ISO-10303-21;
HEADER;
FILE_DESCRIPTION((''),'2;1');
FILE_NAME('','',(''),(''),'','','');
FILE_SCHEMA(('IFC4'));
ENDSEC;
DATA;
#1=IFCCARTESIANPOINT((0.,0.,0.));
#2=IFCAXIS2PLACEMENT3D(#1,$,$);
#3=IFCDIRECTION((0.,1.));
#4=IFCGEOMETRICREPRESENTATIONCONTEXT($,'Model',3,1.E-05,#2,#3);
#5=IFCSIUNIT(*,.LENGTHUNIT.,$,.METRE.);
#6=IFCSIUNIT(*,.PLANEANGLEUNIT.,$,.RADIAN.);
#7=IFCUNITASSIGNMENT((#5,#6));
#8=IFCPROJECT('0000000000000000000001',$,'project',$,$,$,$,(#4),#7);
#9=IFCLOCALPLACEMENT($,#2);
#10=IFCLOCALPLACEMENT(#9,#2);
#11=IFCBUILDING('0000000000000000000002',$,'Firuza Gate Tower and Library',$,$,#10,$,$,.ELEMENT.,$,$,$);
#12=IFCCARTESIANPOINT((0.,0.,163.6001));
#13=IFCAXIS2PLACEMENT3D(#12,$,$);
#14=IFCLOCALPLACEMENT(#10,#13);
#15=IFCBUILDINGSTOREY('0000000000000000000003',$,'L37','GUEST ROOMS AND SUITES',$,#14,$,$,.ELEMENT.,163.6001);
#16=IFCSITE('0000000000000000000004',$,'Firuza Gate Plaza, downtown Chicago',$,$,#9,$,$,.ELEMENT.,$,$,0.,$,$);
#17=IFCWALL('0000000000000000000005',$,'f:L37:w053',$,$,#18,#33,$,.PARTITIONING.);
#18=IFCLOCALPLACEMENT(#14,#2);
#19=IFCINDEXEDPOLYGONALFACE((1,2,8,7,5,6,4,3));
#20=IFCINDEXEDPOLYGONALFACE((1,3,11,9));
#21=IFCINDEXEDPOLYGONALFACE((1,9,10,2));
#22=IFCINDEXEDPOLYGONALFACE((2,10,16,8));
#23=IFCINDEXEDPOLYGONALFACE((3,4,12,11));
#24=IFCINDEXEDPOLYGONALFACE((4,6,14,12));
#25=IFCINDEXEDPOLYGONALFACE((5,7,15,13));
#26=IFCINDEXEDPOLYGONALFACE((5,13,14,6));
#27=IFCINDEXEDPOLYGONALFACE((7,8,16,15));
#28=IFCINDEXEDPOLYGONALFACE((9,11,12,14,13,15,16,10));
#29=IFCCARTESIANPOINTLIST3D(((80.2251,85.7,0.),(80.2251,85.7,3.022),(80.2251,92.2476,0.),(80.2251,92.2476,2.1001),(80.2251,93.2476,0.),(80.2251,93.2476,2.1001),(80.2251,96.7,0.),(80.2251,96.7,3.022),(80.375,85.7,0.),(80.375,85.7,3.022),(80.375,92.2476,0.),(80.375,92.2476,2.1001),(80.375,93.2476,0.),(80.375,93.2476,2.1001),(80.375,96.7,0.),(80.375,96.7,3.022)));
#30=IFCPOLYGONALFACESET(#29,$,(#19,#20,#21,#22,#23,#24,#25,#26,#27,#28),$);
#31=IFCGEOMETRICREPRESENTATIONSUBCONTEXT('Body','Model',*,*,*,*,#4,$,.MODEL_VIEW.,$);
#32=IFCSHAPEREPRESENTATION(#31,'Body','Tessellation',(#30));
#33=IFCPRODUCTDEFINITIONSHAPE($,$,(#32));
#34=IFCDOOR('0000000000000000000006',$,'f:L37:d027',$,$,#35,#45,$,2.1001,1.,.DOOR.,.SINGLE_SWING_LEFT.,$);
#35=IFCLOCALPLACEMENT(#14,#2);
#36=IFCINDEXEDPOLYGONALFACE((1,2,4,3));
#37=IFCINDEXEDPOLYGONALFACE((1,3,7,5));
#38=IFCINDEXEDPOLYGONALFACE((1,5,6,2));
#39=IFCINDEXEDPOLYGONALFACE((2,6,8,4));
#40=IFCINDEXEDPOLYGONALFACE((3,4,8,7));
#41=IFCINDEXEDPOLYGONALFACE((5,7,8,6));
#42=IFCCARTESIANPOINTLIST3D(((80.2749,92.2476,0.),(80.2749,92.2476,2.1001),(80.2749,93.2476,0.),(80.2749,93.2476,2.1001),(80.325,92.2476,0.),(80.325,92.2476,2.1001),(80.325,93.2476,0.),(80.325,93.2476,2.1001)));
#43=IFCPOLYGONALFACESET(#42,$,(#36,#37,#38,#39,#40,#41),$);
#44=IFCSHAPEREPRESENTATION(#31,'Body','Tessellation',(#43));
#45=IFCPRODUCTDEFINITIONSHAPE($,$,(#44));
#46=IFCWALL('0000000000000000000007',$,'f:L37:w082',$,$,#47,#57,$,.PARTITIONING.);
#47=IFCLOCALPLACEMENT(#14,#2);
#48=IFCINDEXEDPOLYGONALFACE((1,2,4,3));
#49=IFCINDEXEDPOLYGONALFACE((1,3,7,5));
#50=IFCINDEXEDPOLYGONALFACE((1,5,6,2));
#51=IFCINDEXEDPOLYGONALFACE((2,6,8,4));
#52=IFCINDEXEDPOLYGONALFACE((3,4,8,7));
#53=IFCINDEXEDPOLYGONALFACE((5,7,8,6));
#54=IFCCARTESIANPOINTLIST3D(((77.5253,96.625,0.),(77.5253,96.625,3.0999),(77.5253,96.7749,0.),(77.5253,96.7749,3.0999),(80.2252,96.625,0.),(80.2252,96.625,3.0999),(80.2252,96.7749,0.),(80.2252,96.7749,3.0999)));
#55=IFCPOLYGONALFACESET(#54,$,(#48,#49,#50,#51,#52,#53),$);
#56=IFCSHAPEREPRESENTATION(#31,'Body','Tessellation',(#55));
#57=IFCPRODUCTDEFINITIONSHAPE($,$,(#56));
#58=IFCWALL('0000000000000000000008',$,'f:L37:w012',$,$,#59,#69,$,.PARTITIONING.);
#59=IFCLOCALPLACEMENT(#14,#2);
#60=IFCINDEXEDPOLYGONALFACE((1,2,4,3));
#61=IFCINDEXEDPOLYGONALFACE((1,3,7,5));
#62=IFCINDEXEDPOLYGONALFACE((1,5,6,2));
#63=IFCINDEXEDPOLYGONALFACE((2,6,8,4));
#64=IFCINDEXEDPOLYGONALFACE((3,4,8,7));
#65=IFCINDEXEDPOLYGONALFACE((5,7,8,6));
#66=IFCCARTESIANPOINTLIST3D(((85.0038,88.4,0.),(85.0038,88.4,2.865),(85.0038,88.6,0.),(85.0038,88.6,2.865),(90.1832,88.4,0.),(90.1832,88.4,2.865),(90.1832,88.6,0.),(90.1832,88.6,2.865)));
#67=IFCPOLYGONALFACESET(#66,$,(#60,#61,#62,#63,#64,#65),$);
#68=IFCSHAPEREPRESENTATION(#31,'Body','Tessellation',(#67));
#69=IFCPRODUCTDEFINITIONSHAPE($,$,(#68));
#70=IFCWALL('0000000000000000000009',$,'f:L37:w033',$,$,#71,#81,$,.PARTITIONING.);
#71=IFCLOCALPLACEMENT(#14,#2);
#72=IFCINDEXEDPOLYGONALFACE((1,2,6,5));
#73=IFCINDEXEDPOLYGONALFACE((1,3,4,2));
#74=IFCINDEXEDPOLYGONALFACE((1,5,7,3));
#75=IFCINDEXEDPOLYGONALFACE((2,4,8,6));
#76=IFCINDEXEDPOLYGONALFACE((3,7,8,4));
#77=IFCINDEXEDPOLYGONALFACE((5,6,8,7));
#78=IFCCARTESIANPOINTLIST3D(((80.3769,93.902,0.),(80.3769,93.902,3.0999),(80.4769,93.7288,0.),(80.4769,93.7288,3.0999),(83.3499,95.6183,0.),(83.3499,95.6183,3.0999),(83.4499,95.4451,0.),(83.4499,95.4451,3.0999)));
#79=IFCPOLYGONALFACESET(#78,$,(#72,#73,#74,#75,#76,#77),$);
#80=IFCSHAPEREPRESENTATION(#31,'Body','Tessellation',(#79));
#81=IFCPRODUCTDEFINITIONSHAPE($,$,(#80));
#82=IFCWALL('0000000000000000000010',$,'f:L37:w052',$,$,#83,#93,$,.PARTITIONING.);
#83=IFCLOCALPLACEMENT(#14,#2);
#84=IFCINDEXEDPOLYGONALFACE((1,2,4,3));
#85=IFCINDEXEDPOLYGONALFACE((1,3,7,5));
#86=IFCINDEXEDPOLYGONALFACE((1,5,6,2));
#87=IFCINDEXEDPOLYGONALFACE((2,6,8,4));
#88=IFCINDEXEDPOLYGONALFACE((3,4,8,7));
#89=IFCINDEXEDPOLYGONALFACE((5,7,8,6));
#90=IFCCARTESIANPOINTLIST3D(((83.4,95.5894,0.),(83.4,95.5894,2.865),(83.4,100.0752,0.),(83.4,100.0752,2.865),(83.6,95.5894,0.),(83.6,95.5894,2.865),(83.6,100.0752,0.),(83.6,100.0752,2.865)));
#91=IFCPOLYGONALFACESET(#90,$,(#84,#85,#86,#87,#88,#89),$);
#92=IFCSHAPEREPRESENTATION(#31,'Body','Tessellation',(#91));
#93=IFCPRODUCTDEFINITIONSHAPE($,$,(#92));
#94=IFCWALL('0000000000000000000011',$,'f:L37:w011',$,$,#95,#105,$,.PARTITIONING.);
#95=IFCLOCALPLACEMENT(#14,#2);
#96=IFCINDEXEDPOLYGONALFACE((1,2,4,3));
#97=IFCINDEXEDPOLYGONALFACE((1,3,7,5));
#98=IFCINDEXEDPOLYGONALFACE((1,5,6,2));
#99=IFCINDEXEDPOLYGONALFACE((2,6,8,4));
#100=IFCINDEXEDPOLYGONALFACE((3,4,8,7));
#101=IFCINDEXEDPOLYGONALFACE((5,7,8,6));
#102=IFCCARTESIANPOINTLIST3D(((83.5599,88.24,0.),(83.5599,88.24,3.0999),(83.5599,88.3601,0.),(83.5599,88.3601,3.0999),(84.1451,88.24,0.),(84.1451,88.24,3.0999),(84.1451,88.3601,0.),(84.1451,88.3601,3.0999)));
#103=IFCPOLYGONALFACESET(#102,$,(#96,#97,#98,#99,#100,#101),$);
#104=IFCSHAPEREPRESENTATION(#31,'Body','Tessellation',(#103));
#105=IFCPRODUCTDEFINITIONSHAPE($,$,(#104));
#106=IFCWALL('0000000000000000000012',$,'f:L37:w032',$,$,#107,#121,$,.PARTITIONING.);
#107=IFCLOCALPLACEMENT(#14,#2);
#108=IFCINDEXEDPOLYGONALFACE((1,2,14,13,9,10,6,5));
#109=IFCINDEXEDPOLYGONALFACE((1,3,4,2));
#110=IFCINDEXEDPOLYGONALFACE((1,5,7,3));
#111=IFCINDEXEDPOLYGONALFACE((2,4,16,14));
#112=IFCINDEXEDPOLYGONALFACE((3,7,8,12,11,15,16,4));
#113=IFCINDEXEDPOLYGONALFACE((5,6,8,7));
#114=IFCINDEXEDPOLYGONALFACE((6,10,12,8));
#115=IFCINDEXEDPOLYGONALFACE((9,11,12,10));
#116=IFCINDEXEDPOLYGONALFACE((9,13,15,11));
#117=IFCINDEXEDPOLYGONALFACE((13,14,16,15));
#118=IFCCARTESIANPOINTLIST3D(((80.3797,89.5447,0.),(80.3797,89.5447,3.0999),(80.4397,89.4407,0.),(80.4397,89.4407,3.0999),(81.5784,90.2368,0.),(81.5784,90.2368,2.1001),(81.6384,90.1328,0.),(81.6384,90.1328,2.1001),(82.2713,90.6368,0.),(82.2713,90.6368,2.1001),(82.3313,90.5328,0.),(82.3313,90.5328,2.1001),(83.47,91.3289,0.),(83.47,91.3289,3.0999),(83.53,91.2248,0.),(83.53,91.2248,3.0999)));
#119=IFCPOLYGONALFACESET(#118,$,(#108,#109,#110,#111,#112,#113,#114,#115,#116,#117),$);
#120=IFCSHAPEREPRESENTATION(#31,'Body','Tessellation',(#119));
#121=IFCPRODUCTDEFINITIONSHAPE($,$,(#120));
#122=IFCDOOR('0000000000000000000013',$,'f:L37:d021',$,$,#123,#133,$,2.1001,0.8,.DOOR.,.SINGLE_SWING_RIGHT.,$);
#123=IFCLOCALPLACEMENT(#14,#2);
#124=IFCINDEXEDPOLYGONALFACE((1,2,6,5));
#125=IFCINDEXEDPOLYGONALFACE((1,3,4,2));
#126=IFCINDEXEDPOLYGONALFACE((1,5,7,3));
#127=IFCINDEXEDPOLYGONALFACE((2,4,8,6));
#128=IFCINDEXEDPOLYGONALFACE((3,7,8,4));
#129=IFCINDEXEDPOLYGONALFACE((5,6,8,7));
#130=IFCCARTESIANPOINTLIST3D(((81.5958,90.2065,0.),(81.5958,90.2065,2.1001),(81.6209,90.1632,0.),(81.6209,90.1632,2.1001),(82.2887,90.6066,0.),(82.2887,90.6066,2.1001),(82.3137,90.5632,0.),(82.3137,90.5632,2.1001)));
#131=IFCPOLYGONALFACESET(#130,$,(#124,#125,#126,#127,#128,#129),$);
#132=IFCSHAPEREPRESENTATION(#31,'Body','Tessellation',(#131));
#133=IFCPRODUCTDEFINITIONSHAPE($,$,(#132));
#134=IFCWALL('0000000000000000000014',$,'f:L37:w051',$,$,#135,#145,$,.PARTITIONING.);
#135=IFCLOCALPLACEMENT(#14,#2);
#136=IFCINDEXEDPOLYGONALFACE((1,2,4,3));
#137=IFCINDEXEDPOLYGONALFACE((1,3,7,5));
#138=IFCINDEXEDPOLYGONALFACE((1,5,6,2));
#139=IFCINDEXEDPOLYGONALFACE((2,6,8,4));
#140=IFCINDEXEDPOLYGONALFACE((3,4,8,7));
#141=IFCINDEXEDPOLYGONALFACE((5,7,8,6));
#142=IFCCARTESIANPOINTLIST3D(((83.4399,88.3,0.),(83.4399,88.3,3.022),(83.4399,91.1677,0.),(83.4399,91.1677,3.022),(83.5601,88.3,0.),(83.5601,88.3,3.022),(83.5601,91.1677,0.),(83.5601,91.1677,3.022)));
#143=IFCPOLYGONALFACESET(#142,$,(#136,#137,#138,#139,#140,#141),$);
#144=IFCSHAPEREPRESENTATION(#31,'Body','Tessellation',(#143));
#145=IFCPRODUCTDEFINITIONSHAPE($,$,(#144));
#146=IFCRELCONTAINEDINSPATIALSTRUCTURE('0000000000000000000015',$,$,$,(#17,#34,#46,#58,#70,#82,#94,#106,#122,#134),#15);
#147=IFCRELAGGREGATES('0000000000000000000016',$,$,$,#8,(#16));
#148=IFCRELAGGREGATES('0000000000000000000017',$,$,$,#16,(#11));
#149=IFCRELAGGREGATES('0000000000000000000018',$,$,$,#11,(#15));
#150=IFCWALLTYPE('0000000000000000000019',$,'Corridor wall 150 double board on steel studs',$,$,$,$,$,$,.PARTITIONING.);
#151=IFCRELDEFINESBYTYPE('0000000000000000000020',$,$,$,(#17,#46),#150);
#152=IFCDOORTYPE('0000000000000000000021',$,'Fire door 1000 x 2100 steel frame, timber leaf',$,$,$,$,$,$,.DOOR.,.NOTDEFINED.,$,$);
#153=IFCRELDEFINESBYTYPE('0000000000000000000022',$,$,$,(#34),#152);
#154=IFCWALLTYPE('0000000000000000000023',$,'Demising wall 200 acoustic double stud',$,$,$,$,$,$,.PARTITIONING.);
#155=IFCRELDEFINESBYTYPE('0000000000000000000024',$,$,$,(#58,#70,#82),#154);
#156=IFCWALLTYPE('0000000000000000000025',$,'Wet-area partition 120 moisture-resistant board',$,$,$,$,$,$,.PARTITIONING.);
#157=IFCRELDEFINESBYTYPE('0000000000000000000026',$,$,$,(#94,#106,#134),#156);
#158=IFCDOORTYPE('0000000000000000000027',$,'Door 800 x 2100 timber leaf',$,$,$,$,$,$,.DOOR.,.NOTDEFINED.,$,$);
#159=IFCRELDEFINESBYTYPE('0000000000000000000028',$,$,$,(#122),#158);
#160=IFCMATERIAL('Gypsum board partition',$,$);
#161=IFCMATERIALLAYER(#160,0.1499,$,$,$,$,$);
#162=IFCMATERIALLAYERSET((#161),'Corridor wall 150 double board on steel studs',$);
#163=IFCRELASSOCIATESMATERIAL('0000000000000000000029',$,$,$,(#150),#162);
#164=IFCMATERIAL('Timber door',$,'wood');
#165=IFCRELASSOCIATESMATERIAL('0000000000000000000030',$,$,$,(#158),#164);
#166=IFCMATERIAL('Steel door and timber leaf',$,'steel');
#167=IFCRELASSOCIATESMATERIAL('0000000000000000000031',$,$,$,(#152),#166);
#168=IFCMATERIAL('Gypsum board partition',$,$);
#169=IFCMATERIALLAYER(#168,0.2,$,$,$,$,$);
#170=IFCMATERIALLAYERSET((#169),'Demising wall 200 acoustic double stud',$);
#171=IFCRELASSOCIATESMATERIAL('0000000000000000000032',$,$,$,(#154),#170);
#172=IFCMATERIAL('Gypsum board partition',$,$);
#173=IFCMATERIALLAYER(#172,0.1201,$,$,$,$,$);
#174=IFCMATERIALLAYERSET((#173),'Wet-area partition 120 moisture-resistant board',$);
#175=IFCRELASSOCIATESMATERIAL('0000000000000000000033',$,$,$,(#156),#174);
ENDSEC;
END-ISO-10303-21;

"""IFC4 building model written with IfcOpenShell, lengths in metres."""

from ifc_helpers import new_model, si_unit, direction, frame, frame_2d, origin, place, context, subcontext, project, spatial, rectangle, extrude, material, layer, layer_set, type_object, element, fill, save


model = new_model("IFC4")

# Units and contexts
model_context = context("Model", 3, precision=1e-05, world=origin(), true_north=direction((0.0, 1.0)))
body_context = subcontext(model_context, "Body", "Model", "MODEL_VIEW")
ifc_project = project(units=[si_unit("LENGTHUNIT", "METRE"), si_unit("PLANEANGLEUNIT", "RADIAN")], contexts=[model_context])

# Site, building, storey
site_placement = place(None, origin())
site = spatial("IfcSite", under=ifc_project, at=site_placement, Name="Firuza Gate Plaza, downtown Chicago", CompositionType="ELEMENT", RefElevation=0.0)
building_placement = place(site_placement, origin())
building = spatial("IfcBuilding", under=site, at=building_placement, Name="Firuza Gate Tower and Library", CompositionType="ELEMENT")
storey_placement = place(building_placement, frame((0.0, 0.0, 163.6001)))
storey = spatial("IfcBuildingStorey", under=building, at=storey_placement, Name="L37", Description="GUEST ROOMS AND SUITES", CompositionType="ELEMENT", Elevation=163.6001)

# Wall, opening, door
ifc_material_1 = material(Name="Gypsum board partition")
ifc_layer_1 = layer(ifc_material_1, 0.1499)
ifc_layer_set_1 = layer_set([ifc_layer_1], Name="Corridor wall 150 double board on steel studs")
wall_type_1 = type_object("IfcWallType", Name="Corridor wall 150 double board on steel studs", PredefinedType="PARTITIONING", material=ifc_layer_set_1)
ifc_material_2 = material(Name="Timber door", Category="wood")
door_type_1 = type_object("IfcDoorType", Name="Door 800 x 2100 timber leaf", OperationType="NOTDEFINED", PredefinedType="DOOR", material=ifc_material_2)
wall_1_placement = place(storey_placement, frame((80.3, 96.7, 0.0), z_axis=(0.0, 0.0, 1.0), x_axis=(0.0, -1.0, 0.0)))
wall_1 = element("IfcWall", 1, at=wall_1_placement, inside=storey, type_object=wall_type_1, Name="f:L37:w053", PredefinedType="PARTITIONING", context=body_context, shape_type="SweptSolid", body=[
    extrude(rectangle(XDim=11.0, YDim=0.1499, at=frame_2d((5.5, 0.0))), origin(), (0.0, 0.0, 1.0), 3.022),
])
opening_1_placement = place(wall_1_placement, frame((3.4524, 0.0, 0.0)))
opening_1 = element("IfcOpeningElement", 2, at=opening_1_placement, cuts=wall_1, PredefinedType="OPENING", context=body_context, shape_type="SweptSolid", body=[
    extrude(rectangle(XDim=1.0, YDim=2.1001, at=frame_2d((0.5, 1.05))), frame((0.0, 0.085, 0.0), z_axis=(0.0, -1.0, 0.0), x_axis=(1.0, 0.0, 0.0)), (0.0, 0.0, 1.0), 0.1699),
])
ifc_material_3 = material(Name="Steel door and timber leaf", Category="steel")
door_type_2 = type_object("IfcDoorType", Name="Fire door 1000 x 2100 steel frame, timber leaf", OperationType="NOTDEFINED", PredefinedType="DOOR", material=ifc_material_3)
door_1_placement = place(opening_1_placement, origin())
door_1 = element("IfcDoor", 3, at=door_1_placement, inside=storey, type_object=door_type_2, Name="f:L37:d027", OperationType="SINGLE_SWING_LEFT", OverallHeight=2.1001, OverallWidth=1.0, PredefinedType="DOOR", context=body_context, shape_type="SweptSolid", body=[
    extrude(rectangle(XDim=1.0, YDim=2.1001, at=frame_2d((0.5, 1.05))), frame((0.0, 0.0249, 0.0), z_axis=(0.0, -1.0, 0.0), x_axis=(1.0, 0.0, 0.0)), (0.0, 0.0, 1.0), 0.05),
])
fill(opening_1, door_1)

# Walls
wall_2_placement = place(storey_placement, frame((77.5251, 96.7, 0.0), z_axis=(0.0, 0.0, 1.0), x_axis=(1.0, 0.0, 0.0)))
element("IfcWall", 4, at=wall_2_placement, inside=storey, type_object=wall_type_1, Name="f:L37:w082", PredefinedType="PARTITIONING", context=body_context, shape_type="SweptSolid", body=[
    extrude(rectangle(XDim=2.7, YDim=0.1499, at=frame_2d((1.3501, 0.0))), origin(), (0.0, 0.0, 1.0), 3.0999),
])
ifc_material_4 = material(Name="Gypsum board partition")
ifc_layer_2 = layer(ifc_material_4, 0.2)
ifc_layer_set_2 = layer_set([ifc_layer_2], Name="Demising wall 200 acoustic double stud")
wall_type_2 = type_object("IfcWallType", Name="Demising wall 200 acoustic double stud", PredefinedType="PARTITIONING", material=ifc_layer_set_2)
wall_3_placement = place(storey_placement, frame((85.0037, 88.5, 0.0), z_axis=(0.0, 0.0, 1.0), x_axis=(1.0, 0.0, 0.0)))
element("IfcWall", 5, at=wall_3_placement, inside=storey, type_object=wall_type_2, Name="f:L37:w012", PredefinedType="PARTITIONING", context=body_context, shape_type="SweptSolid", body=[
    extrude(rectangle(XDim=5.1794, YDim=0.2, at=frame_2d((2.5898, 0.0))), origin(), (0.0, 0.0, 1.0), 2.865),
])
wall_4_placement = place(storey_placement, frame((80.427, 93.8154, 0.0), z_axis=(0.0, 0.0, 1.0), x_axis=(0.866038, 0.499979, 0.0)))
element("IfcWall", 6, at=wall_4_placement, inside=storey, type_object=wall_type_2, Name="f:L37:w033", PredefinedType="PARTITIONING", context=body_context, shape_type="SweptSolid", body=[
    extrude(rectangle(XDim=3.4329, YDim=0.2, at=frame_2d((1.7163, 0.0))), origin(), (0.0, 0.0, 1.0), 3.0999),
])
wall_5_placement = place(storey_placement, frame((83.5, 95.5894, 0.0), z_axis=(0.0, 0.0, 1.0), x_axis=(0.0, 1.0, 0.0)))
element("IfcWall", 7, at=wall_5_placement, inside=storey, type_object=wall_type_2, Name="f:L37:w052", PredefinedType="PARTITIONING", context=body_context, shape_type="SweptSolid", body=[
    extrude(rectangle(XDim=4.4858, YDim=0.2, at=frame_2d((2.2429, 0.0))), origin(), (0.0, 0.0, 1.0), 2.865),
])
ifc_material_5 = material(Name="Gypsum board partition")
ifc_layer_3 = layer(ifc_material_5, 0.1201)
ifc_layer_set_3 = layer_set([ifc_layer_3], Name="Wet-area partition 120 moisture-resistant board")
wall_type_3 = type_object("IfcWallType", Name="Wet-area partition 120 moisture-resistant board", PredefinedType="PARTITIONING", material=ifc_layer_set_3)
wall_6_placement = place(storey_placement, frame((83.5601, 88.3, 0.0), z_axis=(0.0, 0.0, 1.0), x_axis=(1.0, 0.0, 0.0)))
element("IfcWall", 8, at=wall_6_placement, inside=storey, type_object=wall_type_3, Name="f:L37:w011", PredefinedType="PARTITIONING", context=body_context, shape_type="SweptSolid", body=[
    extrude(rectangle(XDim=0.5852, YDim=0.1201, at=frame_2d((0.2925, 0.0))), origin(), (0.0, 0.0, 1.0), 3.0999),
])

# Wall, opening, door
wall_7_placement = place(storey_placement, frame((83.5, 91.2769, 0.0), z_axis=(0.0, 0.0, 1.0), x_axis=(-0.866028, -0.499995, 0.0)))
wall_7 = element("IfcWall", 9, at=wall_7_placement, inside=storey, type_object=wall_type_3, Name="f:L37:w032", PredefinedType="PARTITIONING", context=body_context, shape_type="SweptSolid", body=[
    extrude(rectangle(XDim=3.5684, YDim=0.1201, at=frame_2d((1.7842, 0.0))), origin(), (0.0, 0.0, 1.0), 3.0999),
])
opening_2_placement = place(wall_7_placement, frame((1.3843, 0.0, 0.0)))
opening_2 = element("IfcOpeningElement", 10, at=opening_2_placement, cuts=wall_7, PredefinedType="OPENING", context=body_context, shape_type="SweptSolid", body=[
    extrude(rectangle(XDim=0.8, YDim=2.1001, at=frame_2d((0.3999, 1.05))), frame((0.0, 0.0701, 0.0), z_axis=(0.0, -1.0, 0.0), x_axis=(1.0, 0.0, 0.0)), (0.0, 0.0, 1.0), 0.1401),
])
door_2_placement = place(opening_2_placement, origin())
door_2 = element("IfcDoor", 11, at=door_2_placement, inside=storey, type_object=door_type_1, Name="f:L37:d021", OperationType="SINGLE_SWING_RIGHT", OverallHeight=2.1001, OverallWidth=0.8, PredefinedType="DOOR", context=body_context, shape_type="SweptSolid", body=[
    extrude(rectangle(XDim=0.8, YDim=2.1001, at=frame_2d((0.3999, 1.05))), frame((0.0, 0.0249, 0.0), z_axis=(0.0, -1.0, 0.0), x_axis=(1.0, 0.0, 0.0)), (0.0, 0.0, 1.0), 0.05),
])
fill(opening_2, door_2)

# Wall
wall_8_placement = place(storey_placement, frame((83.5, 88.3, 0.0), z_axis=(0.0, 0.0, 1.0), x_axis=(0.0, 1.0, 0.0)))
element("IfcWall", 12, at=wall_8_placement, inside=storey, type_object=wall_type_3, Name="f:L37:w051", PredefinedType="PARTITIONING", context=body_context, shape_type="SweptSolid", body=[
    extrude(rectangle(XDim=2.8677, YDim=0.1201, at=frame_2d((1.4338, 0.0))), origin(), (0.0, 0.0, 1.0), 3.022),
])

save(model, "model.ifc")
